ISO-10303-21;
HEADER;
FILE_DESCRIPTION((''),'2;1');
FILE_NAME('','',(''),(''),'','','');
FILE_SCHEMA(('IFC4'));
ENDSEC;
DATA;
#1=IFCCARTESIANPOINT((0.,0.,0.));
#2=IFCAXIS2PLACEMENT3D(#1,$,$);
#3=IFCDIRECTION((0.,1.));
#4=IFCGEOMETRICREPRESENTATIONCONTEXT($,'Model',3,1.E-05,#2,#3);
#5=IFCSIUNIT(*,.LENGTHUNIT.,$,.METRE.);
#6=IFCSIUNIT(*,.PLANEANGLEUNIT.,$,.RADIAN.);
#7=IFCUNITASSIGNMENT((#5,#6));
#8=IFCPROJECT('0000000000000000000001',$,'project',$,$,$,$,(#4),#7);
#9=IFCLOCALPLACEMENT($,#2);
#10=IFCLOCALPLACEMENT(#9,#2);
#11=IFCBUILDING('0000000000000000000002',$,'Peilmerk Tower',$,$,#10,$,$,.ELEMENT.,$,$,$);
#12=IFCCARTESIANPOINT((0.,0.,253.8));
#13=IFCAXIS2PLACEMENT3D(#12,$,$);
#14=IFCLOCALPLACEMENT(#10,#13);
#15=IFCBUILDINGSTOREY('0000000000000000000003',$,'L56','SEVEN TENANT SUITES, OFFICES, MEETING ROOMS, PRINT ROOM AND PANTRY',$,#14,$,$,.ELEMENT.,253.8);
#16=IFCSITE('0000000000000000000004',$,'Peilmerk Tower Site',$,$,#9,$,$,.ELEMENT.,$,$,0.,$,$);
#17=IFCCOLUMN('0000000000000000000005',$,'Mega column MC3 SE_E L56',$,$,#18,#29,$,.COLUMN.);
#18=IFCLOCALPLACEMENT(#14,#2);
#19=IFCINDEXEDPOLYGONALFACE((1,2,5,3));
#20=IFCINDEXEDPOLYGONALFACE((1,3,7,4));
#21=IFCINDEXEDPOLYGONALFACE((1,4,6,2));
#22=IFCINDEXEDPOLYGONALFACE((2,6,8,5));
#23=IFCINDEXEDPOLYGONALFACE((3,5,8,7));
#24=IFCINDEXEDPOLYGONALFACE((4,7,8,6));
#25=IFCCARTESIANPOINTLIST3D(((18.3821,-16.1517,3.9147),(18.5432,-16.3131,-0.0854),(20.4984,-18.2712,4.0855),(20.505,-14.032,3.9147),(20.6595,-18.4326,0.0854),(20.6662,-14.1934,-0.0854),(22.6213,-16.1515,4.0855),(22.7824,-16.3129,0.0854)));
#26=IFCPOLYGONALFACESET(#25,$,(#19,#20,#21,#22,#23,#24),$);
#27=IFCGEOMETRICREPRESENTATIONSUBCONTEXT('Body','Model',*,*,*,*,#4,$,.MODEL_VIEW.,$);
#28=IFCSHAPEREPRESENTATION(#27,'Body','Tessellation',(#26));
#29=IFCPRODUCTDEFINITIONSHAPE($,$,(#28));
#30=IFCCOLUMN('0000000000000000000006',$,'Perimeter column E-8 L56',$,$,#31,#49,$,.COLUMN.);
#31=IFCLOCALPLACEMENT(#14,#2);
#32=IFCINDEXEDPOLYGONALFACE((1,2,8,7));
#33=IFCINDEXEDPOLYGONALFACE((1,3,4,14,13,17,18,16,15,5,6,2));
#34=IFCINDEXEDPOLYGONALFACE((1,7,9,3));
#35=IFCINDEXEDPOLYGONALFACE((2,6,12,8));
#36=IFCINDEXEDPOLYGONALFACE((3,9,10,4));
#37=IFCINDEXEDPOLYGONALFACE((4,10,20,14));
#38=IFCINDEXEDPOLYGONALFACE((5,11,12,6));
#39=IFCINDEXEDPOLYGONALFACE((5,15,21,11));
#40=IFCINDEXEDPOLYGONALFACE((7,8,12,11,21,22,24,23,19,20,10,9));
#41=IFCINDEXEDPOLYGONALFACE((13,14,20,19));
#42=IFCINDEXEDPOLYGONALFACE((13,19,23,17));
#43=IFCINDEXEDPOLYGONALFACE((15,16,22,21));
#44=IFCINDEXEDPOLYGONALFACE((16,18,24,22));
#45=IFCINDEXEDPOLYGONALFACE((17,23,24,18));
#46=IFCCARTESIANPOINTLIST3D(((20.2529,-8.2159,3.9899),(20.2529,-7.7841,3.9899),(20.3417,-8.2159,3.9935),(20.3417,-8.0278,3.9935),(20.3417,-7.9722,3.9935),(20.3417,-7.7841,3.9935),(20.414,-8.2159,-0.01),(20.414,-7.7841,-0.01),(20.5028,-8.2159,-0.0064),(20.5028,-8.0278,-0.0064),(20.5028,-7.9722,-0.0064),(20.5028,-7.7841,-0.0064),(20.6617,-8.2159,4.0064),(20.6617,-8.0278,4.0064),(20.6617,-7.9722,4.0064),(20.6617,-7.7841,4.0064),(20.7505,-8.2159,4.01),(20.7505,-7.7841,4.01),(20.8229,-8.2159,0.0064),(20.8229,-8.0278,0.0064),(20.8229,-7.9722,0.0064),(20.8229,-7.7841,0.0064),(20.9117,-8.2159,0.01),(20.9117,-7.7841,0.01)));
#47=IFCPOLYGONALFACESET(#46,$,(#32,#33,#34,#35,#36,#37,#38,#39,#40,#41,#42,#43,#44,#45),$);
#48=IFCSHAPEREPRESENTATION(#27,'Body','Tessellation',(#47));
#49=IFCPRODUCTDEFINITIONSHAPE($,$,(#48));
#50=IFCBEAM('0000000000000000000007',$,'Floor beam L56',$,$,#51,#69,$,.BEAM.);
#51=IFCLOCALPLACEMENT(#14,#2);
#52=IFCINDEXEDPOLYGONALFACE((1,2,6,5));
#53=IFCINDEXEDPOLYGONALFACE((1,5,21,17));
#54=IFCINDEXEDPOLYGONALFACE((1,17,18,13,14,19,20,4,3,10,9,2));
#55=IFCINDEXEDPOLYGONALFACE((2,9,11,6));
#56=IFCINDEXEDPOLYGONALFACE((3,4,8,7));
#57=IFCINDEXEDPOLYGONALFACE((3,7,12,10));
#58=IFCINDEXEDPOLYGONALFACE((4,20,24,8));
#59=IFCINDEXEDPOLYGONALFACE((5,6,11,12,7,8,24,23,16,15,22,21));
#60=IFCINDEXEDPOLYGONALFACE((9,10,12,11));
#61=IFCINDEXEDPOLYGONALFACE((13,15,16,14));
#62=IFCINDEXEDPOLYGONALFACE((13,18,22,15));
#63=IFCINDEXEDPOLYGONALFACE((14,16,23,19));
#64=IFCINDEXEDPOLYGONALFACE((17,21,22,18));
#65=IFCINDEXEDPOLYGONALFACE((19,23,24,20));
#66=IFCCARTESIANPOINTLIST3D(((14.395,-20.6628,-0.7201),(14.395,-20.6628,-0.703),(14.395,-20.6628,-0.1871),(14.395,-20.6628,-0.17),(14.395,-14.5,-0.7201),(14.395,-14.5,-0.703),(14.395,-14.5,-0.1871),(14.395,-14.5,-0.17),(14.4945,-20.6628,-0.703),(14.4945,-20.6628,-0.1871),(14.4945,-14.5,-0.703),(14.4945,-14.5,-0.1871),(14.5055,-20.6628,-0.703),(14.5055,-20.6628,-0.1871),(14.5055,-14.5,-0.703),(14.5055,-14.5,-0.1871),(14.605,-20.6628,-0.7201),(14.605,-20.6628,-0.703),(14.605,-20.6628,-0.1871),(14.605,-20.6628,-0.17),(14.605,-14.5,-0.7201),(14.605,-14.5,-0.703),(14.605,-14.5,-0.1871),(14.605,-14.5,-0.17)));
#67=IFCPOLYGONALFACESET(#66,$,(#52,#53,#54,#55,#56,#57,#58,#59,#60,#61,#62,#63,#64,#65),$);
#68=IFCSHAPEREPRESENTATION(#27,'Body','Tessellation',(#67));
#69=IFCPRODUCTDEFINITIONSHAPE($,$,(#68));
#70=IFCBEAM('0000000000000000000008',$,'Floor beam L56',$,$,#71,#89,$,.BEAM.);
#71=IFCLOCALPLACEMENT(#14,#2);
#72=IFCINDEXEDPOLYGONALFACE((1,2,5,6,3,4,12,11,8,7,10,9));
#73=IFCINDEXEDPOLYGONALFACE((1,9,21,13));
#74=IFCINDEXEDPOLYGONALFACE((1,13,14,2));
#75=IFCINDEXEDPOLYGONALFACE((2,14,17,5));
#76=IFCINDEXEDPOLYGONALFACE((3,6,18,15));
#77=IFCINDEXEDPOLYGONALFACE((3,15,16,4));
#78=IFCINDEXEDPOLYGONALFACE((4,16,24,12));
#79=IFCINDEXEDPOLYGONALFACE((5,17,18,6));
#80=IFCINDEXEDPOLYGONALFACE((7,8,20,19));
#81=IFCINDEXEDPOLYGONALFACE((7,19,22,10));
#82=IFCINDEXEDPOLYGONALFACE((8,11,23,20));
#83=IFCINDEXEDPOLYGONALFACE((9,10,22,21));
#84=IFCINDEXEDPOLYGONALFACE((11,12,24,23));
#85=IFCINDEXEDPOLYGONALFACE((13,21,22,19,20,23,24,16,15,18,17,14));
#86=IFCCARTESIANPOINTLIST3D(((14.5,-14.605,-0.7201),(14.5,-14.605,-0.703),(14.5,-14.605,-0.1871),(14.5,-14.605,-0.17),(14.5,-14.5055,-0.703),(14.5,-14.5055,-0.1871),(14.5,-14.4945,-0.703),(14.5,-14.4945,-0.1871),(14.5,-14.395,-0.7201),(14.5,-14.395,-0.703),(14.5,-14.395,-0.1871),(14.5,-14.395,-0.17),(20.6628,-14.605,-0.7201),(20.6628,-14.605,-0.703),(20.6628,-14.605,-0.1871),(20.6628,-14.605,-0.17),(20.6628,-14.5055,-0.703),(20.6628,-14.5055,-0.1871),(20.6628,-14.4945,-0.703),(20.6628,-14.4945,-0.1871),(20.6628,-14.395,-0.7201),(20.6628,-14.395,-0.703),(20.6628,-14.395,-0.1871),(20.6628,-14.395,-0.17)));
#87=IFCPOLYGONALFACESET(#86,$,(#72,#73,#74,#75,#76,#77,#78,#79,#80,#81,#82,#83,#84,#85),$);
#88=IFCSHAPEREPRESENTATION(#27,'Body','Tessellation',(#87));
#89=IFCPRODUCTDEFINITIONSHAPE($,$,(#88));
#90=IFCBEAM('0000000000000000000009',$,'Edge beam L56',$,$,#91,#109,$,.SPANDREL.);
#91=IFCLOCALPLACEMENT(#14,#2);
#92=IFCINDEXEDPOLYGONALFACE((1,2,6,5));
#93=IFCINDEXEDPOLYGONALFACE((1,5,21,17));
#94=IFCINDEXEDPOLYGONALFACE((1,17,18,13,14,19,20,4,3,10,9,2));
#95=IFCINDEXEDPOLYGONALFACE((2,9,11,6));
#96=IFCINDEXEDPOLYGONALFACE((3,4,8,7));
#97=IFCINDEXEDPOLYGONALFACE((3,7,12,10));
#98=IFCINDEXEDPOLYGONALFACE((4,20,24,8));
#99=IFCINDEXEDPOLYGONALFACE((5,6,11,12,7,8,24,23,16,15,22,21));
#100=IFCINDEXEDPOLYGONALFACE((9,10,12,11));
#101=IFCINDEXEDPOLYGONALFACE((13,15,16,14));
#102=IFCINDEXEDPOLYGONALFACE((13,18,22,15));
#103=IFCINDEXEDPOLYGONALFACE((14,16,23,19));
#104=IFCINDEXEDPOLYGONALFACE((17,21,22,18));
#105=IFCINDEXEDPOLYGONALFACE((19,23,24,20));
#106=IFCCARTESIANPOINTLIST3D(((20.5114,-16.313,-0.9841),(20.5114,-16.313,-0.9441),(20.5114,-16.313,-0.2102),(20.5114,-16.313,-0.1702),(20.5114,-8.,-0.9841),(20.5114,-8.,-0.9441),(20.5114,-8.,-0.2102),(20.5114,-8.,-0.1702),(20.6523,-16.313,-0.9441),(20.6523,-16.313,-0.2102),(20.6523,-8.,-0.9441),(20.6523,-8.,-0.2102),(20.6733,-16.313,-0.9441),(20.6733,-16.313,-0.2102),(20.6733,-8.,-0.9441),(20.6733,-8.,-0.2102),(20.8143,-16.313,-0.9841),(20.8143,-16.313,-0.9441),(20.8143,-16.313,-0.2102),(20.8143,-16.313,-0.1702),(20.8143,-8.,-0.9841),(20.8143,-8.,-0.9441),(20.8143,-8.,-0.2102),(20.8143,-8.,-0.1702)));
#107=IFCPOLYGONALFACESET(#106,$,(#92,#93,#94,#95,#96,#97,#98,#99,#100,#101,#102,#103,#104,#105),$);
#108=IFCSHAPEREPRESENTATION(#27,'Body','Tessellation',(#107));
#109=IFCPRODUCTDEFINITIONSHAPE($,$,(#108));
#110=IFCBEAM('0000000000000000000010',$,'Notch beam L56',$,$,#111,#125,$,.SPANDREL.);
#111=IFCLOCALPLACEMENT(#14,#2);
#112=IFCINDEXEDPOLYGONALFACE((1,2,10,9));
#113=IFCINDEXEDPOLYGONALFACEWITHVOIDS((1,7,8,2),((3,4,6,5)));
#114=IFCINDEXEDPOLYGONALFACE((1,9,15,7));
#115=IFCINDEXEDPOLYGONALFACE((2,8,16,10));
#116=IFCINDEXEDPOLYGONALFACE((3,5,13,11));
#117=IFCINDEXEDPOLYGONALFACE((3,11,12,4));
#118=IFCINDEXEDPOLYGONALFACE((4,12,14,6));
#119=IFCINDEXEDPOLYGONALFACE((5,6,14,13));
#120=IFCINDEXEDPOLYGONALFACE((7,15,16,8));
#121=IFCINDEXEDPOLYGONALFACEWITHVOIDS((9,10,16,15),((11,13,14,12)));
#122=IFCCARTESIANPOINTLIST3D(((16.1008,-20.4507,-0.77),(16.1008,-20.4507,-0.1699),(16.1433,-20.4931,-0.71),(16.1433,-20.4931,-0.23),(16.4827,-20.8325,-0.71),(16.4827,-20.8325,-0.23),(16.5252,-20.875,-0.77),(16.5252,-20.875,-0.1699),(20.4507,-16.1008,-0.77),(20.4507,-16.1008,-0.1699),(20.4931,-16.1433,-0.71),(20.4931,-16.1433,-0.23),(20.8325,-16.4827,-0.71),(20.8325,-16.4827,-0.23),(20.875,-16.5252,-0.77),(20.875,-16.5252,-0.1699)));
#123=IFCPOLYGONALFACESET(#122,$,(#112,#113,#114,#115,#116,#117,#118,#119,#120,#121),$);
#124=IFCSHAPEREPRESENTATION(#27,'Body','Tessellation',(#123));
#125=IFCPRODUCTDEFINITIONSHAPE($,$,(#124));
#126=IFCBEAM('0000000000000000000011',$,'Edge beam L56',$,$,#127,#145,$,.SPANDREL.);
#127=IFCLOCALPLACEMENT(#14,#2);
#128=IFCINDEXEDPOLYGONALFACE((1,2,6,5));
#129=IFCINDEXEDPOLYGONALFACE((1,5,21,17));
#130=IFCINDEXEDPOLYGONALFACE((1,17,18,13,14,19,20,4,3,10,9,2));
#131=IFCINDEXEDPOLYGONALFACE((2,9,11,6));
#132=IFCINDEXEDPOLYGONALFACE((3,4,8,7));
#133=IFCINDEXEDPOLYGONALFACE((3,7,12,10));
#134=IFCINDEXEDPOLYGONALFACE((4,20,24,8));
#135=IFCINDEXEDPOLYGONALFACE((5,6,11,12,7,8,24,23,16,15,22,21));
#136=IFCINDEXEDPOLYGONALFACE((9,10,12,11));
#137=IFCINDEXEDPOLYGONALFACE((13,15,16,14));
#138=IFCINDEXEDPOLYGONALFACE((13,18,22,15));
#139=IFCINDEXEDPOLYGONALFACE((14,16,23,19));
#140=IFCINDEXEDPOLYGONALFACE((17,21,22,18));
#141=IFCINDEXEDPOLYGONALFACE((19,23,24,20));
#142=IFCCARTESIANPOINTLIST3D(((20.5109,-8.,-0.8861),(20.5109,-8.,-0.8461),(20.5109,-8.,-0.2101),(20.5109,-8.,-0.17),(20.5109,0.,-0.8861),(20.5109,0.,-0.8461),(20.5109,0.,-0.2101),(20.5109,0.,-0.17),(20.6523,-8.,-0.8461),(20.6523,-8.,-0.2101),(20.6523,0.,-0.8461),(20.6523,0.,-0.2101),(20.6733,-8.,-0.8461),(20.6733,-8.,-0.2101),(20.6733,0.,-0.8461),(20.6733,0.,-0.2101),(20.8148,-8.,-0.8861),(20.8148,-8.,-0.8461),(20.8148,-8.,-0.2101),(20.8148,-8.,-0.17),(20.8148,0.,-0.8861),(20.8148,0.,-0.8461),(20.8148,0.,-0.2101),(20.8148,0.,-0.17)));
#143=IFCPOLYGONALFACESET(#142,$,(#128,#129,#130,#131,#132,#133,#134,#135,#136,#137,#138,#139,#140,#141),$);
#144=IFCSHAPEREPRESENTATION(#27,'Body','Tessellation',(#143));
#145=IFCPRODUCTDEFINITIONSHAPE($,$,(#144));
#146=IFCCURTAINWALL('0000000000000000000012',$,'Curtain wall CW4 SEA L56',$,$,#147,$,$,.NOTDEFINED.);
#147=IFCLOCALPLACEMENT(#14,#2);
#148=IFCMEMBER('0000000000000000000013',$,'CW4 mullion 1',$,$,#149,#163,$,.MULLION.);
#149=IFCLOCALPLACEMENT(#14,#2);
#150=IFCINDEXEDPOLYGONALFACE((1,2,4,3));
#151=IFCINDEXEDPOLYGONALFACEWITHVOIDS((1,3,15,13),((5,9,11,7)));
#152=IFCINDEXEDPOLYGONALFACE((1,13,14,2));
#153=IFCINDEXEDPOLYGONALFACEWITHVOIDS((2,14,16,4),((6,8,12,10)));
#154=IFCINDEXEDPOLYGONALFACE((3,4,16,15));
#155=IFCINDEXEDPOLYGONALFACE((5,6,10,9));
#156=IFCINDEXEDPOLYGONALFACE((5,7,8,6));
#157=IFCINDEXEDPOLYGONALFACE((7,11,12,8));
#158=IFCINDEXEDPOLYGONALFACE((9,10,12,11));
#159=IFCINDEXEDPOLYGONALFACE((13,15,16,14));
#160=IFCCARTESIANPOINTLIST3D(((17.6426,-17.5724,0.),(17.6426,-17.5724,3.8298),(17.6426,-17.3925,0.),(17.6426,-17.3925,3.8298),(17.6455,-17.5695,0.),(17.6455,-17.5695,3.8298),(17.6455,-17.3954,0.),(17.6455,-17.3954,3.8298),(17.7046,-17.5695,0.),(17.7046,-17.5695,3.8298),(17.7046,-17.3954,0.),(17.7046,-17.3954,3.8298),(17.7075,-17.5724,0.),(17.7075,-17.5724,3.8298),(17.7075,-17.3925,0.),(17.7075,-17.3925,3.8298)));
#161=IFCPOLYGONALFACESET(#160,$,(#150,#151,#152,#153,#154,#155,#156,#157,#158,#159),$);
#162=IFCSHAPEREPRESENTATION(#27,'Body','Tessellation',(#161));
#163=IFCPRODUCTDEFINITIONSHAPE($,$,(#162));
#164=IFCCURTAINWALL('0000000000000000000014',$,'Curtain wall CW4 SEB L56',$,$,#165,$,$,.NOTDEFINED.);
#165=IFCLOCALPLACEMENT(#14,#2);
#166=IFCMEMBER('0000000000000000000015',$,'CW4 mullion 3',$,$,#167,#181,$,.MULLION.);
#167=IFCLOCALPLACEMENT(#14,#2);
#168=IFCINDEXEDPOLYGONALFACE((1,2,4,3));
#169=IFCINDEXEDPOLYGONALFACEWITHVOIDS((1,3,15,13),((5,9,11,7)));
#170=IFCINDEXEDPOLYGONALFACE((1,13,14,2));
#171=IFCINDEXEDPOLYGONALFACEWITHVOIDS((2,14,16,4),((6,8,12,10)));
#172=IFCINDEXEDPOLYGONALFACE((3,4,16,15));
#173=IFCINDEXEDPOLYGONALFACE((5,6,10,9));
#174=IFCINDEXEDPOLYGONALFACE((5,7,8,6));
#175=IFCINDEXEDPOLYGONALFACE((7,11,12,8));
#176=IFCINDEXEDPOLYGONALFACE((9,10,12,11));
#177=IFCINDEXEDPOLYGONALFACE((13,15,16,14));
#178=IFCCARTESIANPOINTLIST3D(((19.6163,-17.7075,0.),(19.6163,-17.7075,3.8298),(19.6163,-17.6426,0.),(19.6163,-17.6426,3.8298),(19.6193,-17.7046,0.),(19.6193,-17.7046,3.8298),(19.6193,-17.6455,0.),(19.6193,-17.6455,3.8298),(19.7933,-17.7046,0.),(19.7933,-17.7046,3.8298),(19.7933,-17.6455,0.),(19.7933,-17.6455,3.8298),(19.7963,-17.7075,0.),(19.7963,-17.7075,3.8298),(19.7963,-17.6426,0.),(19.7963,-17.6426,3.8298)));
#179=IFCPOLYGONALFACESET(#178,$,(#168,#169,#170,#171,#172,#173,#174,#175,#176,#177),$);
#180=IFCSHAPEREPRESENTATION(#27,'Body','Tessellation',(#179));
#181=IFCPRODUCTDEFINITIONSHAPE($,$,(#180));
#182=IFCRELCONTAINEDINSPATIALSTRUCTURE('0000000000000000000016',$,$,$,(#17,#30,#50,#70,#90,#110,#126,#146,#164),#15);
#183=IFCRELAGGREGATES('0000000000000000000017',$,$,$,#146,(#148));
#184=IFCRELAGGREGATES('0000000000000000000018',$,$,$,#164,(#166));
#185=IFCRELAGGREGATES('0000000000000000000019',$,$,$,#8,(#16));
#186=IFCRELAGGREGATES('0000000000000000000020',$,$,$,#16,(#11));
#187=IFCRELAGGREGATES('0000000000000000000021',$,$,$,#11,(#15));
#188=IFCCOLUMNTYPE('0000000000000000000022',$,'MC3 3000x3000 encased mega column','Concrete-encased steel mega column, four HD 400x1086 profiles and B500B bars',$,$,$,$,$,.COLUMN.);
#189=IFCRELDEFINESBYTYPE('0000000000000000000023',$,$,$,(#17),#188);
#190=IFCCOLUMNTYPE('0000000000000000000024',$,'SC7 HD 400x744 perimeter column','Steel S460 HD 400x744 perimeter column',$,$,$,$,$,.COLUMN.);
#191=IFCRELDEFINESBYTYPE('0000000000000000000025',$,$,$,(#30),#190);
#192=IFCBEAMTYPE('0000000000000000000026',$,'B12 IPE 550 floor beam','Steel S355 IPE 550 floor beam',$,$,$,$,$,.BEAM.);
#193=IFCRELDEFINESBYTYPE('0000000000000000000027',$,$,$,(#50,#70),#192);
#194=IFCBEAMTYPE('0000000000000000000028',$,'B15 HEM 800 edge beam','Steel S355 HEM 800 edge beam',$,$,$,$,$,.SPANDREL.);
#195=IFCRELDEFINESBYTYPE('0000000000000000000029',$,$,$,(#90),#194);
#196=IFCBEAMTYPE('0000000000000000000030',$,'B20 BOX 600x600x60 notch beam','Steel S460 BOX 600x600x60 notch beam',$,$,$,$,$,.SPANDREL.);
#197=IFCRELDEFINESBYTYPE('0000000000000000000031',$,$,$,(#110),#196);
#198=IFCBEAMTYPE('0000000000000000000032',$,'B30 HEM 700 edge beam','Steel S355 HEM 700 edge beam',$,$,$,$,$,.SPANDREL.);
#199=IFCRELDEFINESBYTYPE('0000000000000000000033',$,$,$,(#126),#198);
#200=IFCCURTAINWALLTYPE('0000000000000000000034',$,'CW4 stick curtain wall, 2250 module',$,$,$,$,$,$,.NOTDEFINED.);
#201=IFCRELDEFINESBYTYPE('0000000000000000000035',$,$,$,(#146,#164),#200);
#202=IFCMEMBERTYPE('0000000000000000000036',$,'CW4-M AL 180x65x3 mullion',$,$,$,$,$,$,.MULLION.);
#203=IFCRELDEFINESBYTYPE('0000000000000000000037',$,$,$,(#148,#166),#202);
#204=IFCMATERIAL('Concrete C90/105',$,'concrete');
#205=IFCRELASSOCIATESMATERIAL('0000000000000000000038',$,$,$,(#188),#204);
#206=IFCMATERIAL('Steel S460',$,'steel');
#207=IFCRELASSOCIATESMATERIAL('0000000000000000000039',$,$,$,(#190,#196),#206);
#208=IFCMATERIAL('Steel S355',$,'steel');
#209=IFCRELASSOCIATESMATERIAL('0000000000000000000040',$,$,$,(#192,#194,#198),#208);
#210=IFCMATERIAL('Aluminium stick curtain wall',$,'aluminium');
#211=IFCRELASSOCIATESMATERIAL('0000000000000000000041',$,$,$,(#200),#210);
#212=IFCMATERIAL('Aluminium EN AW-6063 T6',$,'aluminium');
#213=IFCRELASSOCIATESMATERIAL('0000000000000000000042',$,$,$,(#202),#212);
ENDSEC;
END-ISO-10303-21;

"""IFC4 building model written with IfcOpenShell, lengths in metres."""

from ifc_helpers import new_model, si_unit, direction, frame, origin, origin_2d, place, context, subcontext, project, spatial, rectangle, hollow_rectangle, i_section, extrude, material, material_profile, profile_set, type_object, element, aggregate, save


model = new_model("IFC4")

# Units and contexts
model_context = context("Model", 3, precision=1e-05, world=origin(), true_north=direction((0.0, 1.0)))
body_context = subcontext(model_context, "Body", "Model", "MODEL_VIEW")
ifc_project = project(units=[si_unit("LENGTHUNIT", "METRE"), si_unit("PLANEANGLEUNIT", "RADIAN")], contexts=[model_context])

# Site, building, storey
site_placement = place(None, origin())
site = spatial("IfcSite", under=ifc_project, at=site_placement, Name="Peilmerk Tower Site", CompositionType="ELEMENT", RefElevation=0.0)
building_placement = place(site_placement, origin())
building = spatial("IfcBuilding", under=site, at=building_placement, Name="Peilmerk Tower", CompositionType="ELEMENT")
storey_placement = place(building_placement, frame((0.0, 0.0, 253.8)))
storey = spatial("IfcBuildingStorey", under=building, at=storey_placement, Name="L56", Description="SEVEN TENANT SUITES, OFFICES, MEETING ROOMS, PRINT ROOM AND PANTRY", CompositionType="ELEMENT", Elevation=253.8)

# Columns
ifc_material_1 = material(Name="Concrete C90/105", Category="concrete")
ifc_material_profile_1 = material_profile(ifc_material_1, rectangle(XDim=3.0, YDim=3.0, at=origin_2d()), Name="RC 3000x3000")
ifc_profile_set_1 = profile_set([ifc_material_profile_1], Name="Concrete C90/105")
column_type_1 = type_object("IfcColumnType", Name="MC3 3000x3000 encased mega column", Description="Concrete-encased steel mega column, four HD 400x1086 profiles and B500B bars", PredefinedType="COLUMN", material=ifc_profile_set_1)
column_1_placement = place(storey_placement, frame((20.6628, -16.313, 0.0), z_axis=(-0.040218, 0.040279, 0.998379), x_axis=(-0.707642, -0.706571, 0.0)))
element("IfcColumn", 1, at=column_1_placement, inside=storey, type_object=column_type_1, Name="Mega column MC3 SE_E L56", PredefinedType="COLUMN", context=body_context, shape_type="SweptSolid", body=[
    extrude(rectangle(XDim=3.0, YDim=3.0, at=origin_2d()), origin(), (0.0, 0.0, 1.0), 4.0066),
])
ifc_material_2 = material(Name="Steel S460", Category="steel")
ifc_material_profile_2 = material_profile(ifc_material_2, i_section(OverallWidth=0.4319, OverallDepth=0.498, WebThickness=0.0557, FlangeThickness=0.0889, at=origin_2d()), Name="HD 400x744")
ifc_profile_set_2 = profile_set([ifc_material_profile_2], Name="Steel S460")
column_type_2 = type_object("IfcColumnType", Name="SC7 HD 400x744 perimeter column", Description="Steel S460 HD 400x744 perimeter column", PredefinedType="COLUMN", material=ifc_profile_set_2)
column_2_placement = place(storey_placement, frame((20.6628, -8.0, 0.0), z_axis=(-0.040251, 0.0, 0.99919), x_axis=(0.0, -1.0, 0.0)))
element("IfcColumn", 2, at=column_2_placement, inside=storey, type_object=column_type_2, Name="Perimeter column E-8 L56", PredefinedType="COLUMN", context=body_context, shape_type="SweptSolid", body=[
    extrude(i_section(OverallWidth=0.4319, OverallDepth=0.498, WebThickness=0.0557, FlangeThickness=0.0889, at=origin_2d()), origin(), (0.0, 0.0, 1.0), 4.0032),
])

# Beams
ifc_material_3 = material(Name="Steel S355", Category="steel")
ifc_material_profile_3 = material_profile(ifc_material_3, i_section(OverallWidth=0.21, OverallDepth=0.55, WebThickness=0.011, FlangeThickness=0.0171, at=origin_2d()), Name="IPE 550")
ifc_profile_set_3 = profile_set([ifc_material_profile_3], Name="Steel S355")
beam_type_1 = type_object("IfcBeamType", Name="B12 IPE 550 floor beam", Description="Steel S355 IPE 550 floor beam", PredefinedType="BEAM", material=ifc_profile_set_3)
for number, where, z_axis, x_axis, name in (
    (3, (14.5, -14.5, -0.4451), (0.0, -1.0, 0.0), (1.0, 0.0, 0.0), "Floor beam L56"),
    (4, (14.5, -14.5, -0.4451), (1.0, 0.0, 0.0), (0.0, 1.0, 0.0), "Floor beam L56"),
):
    element("IfcBeam", number, at=place(storey_placement, frame(where, z_axis=z_axis, x_axis=x_axis)), inside=storey, type_object=beam_type_1, Name=name, PredefinedType="BEAM", context=body_context, shape_type="SweptSolid", body=[
        extrude(i_section(OverallWidth=0.21, OverallDepth=0.55, WebThickness=0.011, FlangeThickness=0.0171, at=origin_2d()), origin(), (0.0, 0.0, 1.0), 6.1628),
    ])
ifc_material_profile_4 = material_profile(ifc_material_3, i_section(OverallWidth=0.303, OverallDepth=0.814, WebThickness=0.021, FlangeThickness=0.04, at=origin_2d()), Name="HEM 800")
ifc_profile_set_4 = profile_set([ifc_material_profile_4], Name="Steel S355")
beam_type_2 = type_object("IfcBeamType", Name="B15 HEM 800 edge beam", Description="Steel S355 HEM 800 edge beam", PredefinedType="SPANDREL", material=ifc_profile_set_4)
beam_1_placement = place(storey_placement, frame((20.6628, -16.313, -0.5771), z_axis=(0.0, 1.0, 0.0), x_axis=(-1.0, 0.0, 0.0)))
element("IfcBeam", 5, at=beam_1_placement, inside=storey, type_object=beam_type_2, Name="Edge beam L56", PredefinedType="SPANDREL", context=body_context, shape_type="SweptSolid", body=[
    extrude(i_section(OverallWidth=0.303, OverallDepth=0.814, WebThickness=0.021, FlangeThickness=0.04, at=origin_2d()), origin(), (0.0, 0.0, 1.0), 8.313),
])
ifc_material_profile_5 = material_profile(ifc_material_2, hollow_rectangle(XDim=0.6001, YDim=0.6001, WallThickness=0.0601, at=origin_2d()), Name="BOX 600x600x60")
ifc_profile_set_5 = profile_set([ifc_material_profile_5], Name="Steel S460")
beam_type_3 = type_object("IfcBeamType", Name="B20 BOX 600x600x60 notch beam", Description="Steel S460 BOX 600x600x60 notch beam", PredefinedType="SPANDREL", material=ifc_profile_set_5)
beam_2_placement = place(storey_placement, frame((20.6628, -16.313, -0.47), z_axis=(-0.707107, -0.707107, 0.0), x_axis=(0.707107, -0.707107, 0.0)))
element("IfcBeam", 6, at=beam_2_placement, inside=storey, type_object=beam_type_3, Name="Notch beam L56", PredefinedType="SPANDREL", context=body_context, shape_type="SweptSolid", body=[
    extrude(hollow_rectangle(XDim=0.6001, YDim=0.6001, WallThickness=0.0601, at=origin_2d()), origin(), (0.0, 0.0, 1.0), 6.1516),
])
ifc_material_profile_6 = material_profile(ifc_material_3, i_section(OverallWidth=0.304, OverallDepth=0.7161, WebThickness=0.021, FlangeThickness=0.04, at=origin_2d()), Name="HEM 700")
ifc_profile_set_6 = profile_set([ifc_material_profile_6], Name="Steel S355")
beam_type_4 = type_object("IfcBeamType", Name="B30 HEM 700 edge beam", Description="Steel S355 HEM 700 edge beam", PredefinedType="SPANDREL", material=ifc_profile_set_6)
beam_3_placement = place(storey_placement, frame((20.6628, -8.0, -0.5281), z_axis=(0.0, 1.0, 0.0), x_axis=(-1.0, 0.0, 0.0)))
element("IfcBeam", 7, at=beam_3_placement, inside=storey, type_object=beam_type_4, Name="Edge beam L56", PredefinedType="SPANDREL", context=body_context, shape_type="SweptSolid", body=[
    extrude(i_section(OverallWidth=0.304, OverallDepth=0.7161, WebThickness=0.021, FlangeThickness=0.04, at=origin_2d()), origin(), (0.0, 0.0, 1.0), 8.0),
])

# Curtain walls, members
ifc_material_4 = material(Name="Aluminium stick curtain wall", Category="aluminium")
curtain_wall_type = type_object("IfcCurtainWallType", Name="CW4 stick curtain wall, 2250 module", PredefinedType="NOTDEFINED", material=ifc_material_4)
curtain_wall_1_placement = place(storey_placement, origin())
curtain_wall_1 = element("IfcCurtainWall", 8, at=curtain_wall_1_placement, inside=storey, type_object=curtain_wall_type, Name="Curtain wall CW4 SEA L56", PredefinedType="NOTDEFINED")
ifc_material_5 = material(Name="Aluminium EN AW-6063 T6", Category="aluminium")
ifc_material_profile_7 = material_profile(ifc_material_5, hollow_rectangle(XDim=0.0649, YDim=0.1799, WallThickness=0.0029, at=origin_2d()), Name="AL 180x65x3")
ifc_profile_set_7 = profile_set([ifc_material_profile_7], Name="Aluminium EN AW-6063 T6")
member_type_1 = type_object("IfcMemberType", Name="CW4-M AL 180x65x3 mullion", PredefinedType="MULLION", material=ifc_profile_set_7)
member_1_placement = place(storey_placement, frame((17.675, -17.4824, 0.0), z_axis=(0.0, 0.0, 1.0), x_axis=(1.0, 0.0, 0.0)))
member_1 = element("IfcMember", 9, at=member_1_placement, type_object=member_type_1, Name="CW4 mullion 1", PredefinedType="MULLION", context=body_context, shape_type="SweptSolid", body=[
    extrude(hollow_rectangle(XDim=0.0649, YDim=0.1799, WallThickness=0.0029, at=origin_2d()), origin(), (0.0, 0.0, 1.0), 3.8298),
])
curtain_wall_2_placement = place(storey_placement, origin())
curtain_wall_2 = element("IfcCurtainWall", 10, at=curtain_wall_2_placement, inside=storey, type_object=curtain_wall_type, Name="Curtain wall CW4 SEB L56", PredefinedType="NOTDEFINED")
member_2_placement = place(storey_placement, frame((19.7063, -17.675, 0.0), z_axis=(0.0, 0.0, 1.0), x_axis=(0.0, 1.0, 0.0)))
member_2 = element("IfcMember", 11, at=member_2_placement, type_object=member_type_1, Name="CW4 mullion 3", PredefinedType="MULLION", context=body_context, shape_type="SweptSolid", body=[
    extrude(hollow_rectangle(XDim=0.0649, YDim=0.1799, WallThickness=0.0029, at=origin_2d()), origin(), (0.0, 0.0, 1.0), 3.8298),
])

aggregate(curtain_wall_1, [member_1])

aggregate(curtain_wall_2, [member_2])

save(model, "model.ifc")
